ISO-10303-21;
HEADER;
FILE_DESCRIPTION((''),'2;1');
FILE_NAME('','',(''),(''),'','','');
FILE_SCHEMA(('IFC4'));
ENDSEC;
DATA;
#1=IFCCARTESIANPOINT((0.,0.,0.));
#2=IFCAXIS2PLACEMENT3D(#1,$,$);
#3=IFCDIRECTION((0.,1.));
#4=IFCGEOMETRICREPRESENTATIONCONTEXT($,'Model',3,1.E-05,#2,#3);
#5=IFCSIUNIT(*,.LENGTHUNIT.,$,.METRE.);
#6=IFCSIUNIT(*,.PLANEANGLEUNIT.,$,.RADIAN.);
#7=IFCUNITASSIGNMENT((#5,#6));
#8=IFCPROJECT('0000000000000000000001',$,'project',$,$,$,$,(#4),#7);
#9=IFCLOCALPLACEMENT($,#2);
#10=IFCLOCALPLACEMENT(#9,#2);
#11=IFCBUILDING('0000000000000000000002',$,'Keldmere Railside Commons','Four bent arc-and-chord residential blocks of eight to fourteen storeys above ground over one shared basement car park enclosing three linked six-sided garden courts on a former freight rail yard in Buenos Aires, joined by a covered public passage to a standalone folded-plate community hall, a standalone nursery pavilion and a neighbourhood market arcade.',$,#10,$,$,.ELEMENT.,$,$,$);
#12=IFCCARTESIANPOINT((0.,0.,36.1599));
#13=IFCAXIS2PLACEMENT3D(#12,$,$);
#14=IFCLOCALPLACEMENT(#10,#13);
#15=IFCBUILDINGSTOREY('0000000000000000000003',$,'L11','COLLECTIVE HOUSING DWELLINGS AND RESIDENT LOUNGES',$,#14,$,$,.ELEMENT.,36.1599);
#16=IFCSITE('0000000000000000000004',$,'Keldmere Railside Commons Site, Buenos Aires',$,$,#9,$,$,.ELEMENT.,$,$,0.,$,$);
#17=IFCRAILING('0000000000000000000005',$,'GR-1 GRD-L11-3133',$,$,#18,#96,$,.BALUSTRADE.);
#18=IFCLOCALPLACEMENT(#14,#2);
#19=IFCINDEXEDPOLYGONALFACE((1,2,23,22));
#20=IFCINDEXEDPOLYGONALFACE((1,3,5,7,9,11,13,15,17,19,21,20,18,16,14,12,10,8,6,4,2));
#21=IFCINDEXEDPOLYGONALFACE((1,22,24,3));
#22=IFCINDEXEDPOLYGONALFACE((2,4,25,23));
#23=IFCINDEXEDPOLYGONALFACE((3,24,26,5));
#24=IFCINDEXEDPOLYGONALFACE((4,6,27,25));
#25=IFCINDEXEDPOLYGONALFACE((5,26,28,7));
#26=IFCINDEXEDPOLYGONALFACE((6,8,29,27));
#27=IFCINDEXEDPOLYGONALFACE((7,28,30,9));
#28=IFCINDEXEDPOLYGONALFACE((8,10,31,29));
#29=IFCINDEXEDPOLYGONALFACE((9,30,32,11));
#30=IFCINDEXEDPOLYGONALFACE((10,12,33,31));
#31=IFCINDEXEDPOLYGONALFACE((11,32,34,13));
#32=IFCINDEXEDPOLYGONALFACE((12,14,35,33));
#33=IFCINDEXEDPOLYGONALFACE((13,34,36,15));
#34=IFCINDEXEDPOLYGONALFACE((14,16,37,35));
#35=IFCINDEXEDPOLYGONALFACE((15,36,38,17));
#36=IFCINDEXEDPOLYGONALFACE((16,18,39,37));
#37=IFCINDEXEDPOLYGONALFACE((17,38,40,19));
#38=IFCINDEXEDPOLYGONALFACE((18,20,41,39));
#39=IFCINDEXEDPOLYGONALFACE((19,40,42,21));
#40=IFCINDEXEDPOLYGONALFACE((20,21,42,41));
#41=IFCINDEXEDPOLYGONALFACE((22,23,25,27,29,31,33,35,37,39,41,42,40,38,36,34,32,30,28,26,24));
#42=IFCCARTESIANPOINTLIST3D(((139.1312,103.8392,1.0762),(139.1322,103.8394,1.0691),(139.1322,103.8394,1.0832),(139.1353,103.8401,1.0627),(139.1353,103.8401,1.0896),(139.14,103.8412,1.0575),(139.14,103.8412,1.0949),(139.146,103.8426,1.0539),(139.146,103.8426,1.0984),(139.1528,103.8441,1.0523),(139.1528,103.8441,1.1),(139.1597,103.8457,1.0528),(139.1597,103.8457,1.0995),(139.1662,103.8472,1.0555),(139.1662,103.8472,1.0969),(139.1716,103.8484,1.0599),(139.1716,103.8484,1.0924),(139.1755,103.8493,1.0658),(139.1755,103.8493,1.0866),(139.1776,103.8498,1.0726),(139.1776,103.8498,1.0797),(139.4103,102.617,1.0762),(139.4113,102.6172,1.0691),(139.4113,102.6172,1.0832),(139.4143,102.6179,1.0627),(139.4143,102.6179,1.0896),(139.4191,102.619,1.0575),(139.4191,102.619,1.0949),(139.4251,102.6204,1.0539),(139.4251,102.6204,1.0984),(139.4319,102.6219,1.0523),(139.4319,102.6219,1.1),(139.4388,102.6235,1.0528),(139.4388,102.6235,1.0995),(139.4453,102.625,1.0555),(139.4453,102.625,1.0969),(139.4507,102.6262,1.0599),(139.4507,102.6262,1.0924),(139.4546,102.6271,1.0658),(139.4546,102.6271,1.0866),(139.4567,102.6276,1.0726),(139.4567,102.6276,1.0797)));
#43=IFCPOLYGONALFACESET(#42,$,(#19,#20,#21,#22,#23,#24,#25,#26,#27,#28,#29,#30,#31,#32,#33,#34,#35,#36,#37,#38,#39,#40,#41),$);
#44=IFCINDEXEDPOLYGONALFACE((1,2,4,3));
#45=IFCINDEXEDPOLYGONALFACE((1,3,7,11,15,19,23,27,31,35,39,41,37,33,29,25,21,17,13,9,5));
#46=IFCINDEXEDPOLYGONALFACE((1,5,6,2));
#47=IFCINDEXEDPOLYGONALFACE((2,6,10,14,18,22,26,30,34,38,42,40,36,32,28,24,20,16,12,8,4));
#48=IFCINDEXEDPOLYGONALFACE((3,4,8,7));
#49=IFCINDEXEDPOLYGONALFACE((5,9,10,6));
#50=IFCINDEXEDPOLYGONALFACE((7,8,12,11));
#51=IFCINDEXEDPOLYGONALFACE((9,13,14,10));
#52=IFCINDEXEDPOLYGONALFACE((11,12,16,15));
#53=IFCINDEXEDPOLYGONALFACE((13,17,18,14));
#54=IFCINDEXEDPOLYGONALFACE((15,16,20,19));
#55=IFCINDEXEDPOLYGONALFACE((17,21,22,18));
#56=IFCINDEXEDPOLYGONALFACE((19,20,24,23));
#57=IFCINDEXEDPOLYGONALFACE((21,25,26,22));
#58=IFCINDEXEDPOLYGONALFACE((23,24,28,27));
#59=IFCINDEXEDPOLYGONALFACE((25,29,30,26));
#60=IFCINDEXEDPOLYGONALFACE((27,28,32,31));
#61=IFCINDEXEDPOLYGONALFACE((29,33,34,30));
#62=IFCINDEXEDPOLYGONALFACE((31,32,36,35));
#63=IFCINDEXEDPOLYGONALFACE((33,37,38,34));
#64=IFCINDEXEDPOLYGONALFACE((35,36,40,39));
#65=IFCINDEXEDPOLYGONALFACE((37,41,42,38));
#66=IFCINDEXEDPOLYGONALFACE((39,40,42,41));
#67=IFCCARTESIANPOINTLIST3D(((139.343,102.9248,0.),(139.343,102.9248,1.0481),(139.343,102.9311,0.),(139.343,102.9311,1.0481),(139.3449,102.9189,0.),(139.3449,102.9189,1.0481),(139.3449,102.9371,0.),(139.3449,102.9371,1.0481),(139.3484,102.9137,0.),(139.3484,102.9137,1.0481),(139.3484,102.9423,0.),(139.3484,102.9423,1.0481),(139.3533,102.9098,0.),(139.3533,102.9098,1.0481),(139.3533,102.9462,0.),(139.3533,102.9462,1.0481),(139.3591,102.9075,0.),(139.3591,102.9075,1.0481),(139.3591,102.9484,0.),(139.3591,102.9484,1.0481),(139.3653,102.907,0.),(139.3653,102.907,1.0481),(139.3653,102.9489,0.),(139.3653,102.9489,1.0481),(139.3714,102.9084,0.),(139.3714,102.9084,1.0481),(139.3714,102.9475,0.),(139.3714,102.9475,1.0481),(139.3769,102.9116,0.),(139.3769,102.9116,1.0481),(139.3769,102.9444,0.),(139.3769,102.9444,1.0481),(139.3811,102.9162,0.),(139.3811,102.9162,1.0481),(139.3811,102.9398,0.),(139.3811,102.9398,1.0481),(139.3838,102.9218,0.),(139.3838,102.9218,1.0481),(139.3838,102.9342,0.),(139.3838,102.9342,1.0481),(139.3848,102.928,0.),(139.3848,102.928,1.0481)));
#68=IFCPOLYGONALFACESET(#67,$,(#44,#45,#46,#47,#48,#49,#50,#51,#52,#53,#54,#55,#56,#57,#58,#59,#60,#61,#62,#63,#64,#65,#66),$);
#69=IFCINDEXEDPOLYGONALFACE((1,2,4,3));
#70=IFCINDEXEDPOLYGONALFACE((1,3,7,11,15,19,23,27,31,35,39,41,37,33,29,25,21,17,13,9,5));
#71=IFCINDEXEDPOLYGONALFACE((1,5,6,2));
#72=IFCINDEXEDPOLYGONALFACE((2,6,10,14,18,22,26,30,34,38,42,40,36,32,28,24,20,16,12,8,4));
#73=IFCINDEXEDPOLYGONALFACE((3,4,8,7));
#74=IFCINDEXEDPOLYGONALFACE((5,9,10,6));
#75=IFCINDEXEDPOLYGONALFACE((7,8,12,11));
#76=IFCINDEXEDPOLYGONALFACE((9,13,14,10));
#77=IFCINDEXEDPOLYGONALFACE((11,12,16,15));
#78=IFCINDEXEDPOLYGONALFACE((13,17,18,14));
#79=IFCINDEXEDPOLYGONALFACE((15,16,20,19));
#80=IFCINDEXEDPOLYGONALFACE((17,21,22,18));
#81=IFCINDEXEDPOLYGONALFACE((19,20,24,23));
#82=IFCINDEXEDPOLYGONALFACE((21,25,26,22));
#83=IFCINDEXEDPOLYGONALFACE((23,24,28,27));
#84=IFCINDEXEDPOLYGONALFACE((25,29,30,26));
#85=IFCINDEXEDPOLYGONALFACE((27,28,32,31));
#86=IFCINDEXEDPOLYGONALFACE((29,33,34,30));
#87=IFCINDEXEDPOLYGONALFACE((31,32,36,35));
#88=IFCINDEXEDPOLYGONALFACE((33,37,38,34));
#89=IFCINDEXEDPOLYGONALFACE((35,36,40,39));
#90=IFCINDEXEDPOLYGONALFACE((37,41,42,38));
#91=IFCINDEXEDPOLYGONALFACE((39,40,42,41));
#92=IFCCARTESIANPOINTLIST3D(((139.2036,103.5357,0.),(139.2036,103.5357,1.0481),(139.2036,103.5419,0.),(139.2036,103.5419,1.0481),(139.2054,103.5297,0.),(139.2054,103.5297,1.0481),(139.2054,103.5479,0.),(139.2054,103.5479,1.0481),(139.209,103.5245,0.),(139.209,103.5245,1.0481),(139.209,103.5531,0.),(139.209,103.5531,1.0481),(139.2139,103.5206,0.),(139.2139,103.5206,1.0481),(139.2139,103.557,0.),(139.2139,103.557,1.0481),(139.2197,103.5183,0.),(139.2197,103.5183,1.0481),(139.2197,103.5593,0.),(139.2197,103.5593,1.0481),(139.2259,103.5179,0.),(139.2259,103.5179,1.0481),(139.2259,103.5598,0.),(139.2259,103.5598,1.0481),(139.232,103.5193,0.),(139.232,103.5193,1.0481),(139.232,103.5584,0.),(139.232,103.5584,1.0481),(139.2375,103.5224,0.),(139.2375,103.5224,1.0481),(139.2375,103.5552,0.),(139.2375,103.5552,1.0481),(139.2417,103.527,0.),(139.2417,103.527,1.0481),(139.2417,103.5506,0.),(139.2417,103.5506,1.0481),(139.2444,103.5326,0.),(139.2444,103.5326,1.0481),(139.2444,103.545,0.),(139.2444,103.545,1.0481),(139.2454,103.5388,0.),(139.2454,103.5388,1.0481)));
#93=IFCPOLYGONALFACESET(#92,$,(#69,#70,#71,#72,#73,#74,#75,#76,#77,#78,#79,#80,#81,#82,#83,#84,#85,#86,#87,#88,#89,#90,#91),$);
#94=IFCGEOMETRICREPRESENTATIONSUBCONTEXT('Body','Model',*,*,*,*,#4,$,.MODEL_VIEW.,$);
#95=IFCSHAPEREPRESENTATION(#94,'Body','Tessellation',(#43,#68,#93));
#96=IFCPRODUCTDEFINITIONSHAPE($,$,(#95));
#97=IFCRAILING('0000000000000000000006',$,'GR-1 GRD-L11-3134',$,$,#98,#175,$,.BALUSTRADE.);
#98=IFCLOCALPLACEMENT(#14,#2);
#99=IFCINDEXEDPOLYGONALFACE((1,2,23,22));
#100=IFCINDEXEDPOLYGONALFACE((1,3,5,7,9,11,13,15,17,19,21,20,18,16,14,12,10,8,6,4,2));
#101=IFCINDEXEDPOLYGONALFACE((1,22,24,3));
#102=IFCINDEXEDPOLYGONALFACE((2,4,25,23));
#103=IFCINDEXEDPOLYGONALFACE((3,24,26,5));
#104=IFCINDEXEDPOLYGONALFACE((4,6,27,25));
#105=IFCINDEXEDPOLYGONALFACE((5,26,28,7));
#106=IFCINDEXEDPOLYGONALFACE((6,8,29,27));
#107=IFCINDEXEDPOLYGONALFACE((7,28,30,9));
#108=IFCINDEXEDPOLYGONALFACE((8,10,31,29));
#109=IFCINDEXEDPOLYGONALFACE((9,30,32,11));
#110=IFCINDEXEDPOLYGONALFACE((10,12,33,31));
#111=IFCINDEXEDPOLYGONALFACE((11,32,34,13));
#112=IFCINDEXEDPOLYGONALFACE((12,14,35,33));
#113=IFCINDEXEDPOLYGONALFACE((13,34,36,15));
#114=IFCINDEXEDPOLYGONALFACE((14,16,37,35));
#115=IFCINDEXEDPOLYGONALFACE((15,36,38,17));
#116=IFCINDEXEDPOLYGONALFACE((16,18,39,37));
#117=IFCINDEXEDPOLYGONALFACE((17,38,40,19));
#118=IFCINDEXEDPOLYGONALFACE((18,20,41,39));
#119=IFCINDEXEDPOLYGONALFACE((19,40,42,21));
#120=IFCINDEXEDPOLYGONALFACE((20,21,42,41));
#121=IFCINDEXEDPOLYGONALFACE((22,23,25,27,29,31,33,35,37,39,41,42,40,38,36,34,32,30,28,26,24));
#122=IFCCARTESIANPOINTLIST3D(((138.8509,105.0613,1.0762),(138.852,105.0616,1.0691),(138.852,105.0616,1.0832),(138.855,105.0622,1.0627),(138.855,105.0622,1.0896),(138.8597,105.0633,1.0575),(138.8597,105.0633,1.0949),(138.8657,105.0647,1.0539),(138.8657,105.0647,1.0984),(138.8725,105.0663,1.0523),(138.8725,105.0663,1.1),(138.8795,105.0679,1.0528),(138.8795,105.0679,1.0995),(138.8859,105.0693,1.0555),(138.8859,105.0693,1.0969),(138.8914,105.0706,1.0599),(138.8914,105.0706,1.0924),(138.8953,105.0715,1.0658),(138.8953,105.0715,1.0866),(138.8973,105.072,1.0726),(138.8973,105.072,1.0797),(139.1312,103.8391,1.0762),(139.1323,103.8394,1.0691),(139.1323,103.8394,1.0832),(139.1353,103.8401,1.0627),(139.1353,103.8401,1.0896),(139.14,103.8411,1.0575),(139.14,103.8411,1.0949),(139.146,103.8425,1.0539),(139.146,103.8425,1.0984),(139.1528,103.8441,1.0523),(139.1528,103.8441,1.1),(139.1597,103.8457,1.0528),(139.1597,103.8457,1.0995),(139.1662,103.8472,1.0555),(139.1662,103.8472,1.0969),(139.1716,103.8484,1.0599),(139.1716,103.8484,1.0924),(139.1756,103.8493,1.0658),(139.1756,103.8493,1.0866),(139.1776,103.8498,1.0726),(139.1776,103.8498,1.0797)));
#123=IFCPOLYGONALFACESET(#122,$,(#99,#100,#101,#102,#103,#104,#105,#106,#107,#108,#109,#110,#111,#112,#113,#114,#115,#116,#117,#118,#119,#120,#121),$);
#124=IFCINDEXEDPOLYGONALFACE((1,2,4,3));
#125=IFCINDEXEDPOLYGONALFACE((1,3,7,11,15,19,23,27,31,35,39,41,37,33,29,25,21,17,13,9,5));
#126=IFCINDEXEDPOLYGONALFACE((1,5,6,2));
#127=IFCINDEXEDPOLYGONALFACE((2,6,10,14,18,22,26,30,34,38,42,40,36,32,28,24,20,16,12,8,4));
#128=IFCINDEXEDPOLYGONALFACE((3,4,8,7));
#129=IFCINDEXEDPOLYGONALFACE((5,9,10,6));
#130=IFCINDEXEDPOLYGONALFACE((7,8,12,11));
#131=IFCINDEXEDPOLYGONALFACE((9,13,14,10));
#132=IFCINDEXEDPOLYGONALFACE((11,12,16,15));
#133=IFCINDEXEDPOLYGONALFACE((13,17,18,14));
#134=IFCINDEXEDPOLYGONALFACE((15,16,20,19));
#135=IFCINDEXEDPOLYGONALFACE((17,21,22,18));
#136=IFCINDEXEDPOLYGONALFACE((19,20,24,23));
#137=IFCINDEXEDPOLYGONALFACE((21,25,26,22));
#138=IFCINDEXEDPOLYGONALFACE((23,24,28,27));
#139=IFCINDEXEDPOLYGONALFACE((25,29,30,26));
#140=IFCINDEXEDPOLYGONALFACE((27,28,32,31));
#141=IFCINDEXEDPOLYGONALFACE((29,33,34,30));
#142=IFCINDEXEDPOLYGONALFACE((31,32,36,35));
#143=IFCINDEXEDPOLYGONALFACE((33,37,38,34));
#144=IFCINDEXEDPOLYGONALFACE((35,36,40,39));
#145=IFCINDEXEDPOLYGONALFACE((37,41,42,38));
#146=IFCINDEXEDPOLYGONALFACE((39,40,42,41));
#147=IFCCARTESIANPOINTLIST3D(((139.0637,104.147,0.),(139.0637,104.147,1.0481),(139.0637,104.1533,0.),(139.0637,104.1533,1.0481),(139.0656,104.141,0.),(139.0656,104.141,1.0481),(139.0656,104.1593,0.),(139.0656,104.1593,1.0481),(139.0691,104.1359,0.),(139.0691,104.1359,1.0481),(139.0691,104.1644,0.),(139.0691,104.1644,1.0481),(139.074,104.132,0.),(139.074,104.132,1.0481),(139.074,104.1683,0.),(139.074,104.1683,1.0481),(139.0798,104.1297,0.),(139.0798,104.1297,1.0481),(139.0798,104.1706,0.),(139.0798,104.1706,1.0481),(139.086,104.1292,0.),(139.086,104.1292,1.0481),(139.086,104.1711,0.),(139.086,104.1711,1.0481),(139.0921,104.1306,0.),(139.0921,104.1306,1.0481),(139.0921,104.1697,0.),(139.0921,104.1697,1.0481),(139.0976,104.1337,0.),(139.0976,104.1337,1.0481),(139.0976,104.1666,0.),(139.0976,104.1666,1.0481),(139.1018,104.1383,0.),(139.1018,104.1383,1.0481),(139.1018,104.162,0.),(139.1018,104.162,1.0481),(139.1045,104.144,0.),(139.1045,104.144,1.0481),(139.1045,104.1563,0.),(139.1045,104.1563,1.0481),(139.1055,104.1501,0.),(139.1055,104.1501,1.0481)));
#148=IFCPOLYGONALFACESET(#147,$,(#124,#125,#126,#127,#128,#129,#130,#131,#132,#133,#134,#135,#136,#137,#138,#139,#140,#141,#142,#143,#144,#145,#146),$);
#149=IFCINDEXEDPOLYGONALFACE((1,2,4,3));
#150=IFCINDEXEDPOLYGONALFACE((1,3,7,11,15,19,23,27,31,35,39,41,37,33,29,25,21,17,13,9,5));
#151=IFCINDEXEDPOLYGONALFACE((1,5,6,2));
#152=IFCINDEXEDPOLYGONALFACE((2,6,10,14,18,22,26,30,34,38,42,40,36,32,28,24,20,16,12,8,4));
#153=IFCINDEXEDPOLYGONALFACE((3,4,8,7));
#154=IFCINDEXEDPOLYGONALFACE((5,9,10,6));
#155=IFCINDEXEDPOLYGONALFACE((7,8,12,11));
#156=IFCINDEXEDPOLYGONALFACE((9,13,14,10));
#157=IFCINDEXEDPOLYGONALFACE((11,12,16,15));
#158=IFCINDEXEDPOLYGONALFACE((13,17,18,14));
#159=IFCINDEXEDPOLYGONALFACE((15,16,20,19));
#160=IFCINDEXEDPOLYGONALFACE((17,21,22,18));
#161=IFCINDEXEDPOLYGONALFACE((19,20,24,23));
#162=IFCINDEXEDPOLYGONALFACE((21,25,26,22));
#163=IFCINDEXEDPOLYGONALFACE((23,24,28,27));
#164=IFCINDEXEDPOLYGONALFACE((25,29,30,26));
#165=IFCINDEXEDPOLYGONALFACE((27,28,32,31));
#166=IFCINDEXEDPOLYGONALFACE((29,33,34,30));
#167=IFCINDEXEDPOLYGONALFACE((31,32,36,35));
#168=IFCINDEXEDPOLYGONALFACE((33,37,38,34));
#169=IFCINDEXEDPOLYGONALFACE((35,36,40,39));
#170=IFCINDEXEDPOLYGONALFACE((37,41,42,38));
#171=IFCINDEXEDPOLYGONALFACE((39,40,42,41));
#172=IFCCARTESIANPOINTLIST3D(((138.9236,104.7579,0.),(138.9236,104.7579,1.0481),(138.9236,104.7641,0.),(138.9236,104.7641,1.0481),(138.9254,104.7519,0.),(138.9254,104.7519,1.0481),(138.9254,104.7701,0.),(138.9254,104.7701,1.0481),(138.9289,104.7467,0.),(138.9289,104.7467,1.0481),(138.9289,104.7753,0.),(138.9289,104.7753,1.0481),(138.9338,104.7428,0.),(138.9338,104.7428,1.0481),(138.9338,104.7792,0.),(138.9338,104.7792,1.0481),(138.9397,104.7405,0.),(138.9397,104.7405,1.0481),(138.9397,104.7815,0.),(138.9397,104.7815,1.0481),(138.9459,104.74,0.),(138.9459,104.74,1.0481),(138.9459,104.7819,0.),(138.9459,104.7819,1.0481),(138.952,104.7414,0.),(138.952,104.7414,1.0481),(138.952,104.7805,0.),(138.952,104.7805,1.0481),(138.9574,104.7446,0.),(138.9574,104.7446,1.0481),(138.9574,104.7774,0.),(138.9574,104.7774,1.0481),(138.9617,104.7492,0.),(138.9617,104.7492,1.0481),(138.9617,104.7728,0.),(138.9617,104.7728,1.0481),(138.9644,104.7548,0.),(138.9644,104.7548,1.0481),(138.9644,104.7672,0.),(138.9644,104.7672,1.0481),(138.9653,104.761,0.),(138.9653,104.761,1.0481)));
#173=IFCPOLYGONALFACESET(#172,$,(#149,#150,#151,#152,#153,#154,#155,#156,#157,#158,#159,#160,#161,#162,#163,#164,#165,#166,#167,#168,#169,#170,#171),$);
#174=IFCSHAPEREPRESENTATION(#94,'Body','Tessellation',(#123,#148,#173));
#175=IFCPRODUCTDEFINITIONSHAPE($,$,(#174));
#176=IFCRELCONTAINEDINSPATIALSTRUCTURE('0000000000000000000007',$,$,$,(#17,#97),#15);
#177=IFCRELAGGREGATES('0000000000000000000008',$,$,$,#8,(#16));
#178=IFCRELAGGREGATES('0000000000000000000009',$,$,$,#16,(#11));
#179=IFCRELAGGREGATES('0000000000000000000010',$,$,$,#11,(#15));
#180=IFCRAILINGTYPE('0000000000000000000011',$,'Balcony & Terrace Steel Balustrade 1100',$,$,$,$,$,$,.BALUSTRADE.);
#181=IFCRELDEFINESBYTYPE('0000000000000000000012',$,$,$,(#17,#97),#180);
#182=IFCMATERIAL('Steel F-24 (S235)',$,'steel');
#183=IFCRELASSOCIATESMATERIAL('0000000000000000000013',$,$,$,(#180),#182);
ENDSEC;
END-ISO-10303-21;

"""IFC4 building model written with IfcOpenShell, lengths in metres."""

from ifc_helpers import new_model, si_unit, direction, frame, origin, origin_2d, place, context, subcontext, project, spatial, circle, extrude, material, type_object, element, save


model = new_model("IFC4")

# Units and contexts
model_context = context("Model", 3, precision=1e-05, world=origin(), true_north=direction((0.0, 1.0)))
body_context = subcontext(model_context, "Body", "Model", "MODEL_VIEW")
ifc_project = project(units=[si_unit("LENGTHUNIT", "METRE"), si_unit("PLANEANGLEUNIT", "RADIAN")], contexts=[model_context])

# Site, building, storey
site_placement = place(None, origin())
site = spatial("IfcSite", under=ifc_project, at=site_placement, Name="Keldmere Railside Commons Site, Buenos Aires", CompositionType="ELEMENT", RefElevation=0.0)
building_placement = place(site_placement, origin())
building = spatial("IfcBuilding", under=site, at=building_placement, Name="Keldmere Railside Commons", Description="Four bent arc-and-chord residential blocks of eight to fourteen storeys above ground over one shared basement car park enclosing three linked six-sided garden courts on a former freight rail yard in Buenos Aires, joined by a covered public passage to a standalone folded-plate community hall, a standalone nursery pavilion and a neighbourhood market arcade.", CompositionType="ELEMENT")
storey_placement = place(building_placement, frame((0.0, 0.0, 36.1599)))
storey = spatial("IfcBuildingStorey", under=building, at=storey_placement, Name="L11", Description="COLLECTIVE HOUSING DWELLINGS AND RESIDENT LOUNGES", CompositionType="ELEMENT", Elevation=36.1599)

# Shared definitions
ifc_material_1 = material(Name="Steel F-24 (S235)", Category="steel")

# Railings
railing_type_1 = type_object("IfcRailingType", Name="Balcony & Terrace Steel Balustrade 1100", PredefinedType="BALUSTRADE", material=ifc_material_1)
railing_1_placement = place(storey_placement, frame((139.4336, 102.6223, 0.0)))
element("IfcRailing", 1, at=railing_1_placement, inside=storey, type_object=railing_type_1, Name="GR-1 GRD-L11-3133", PredefinedType="BALUSTRADE", context=body_context, shape_type="SweptSolid", body=[
    extrude(circle(Radius=0.0239, at=origin_2d()), frame((0.0, 0.0, 1.0762), z_axis=(-0.222597, 0.97491, 0.0), x_axis=(-0.97491, -0.222597, 0.0)), (0.0, 0.0, 1.0), 1.2537),
    extrude(circle(Radius=0.021, at=origin_2d()), frame((-0.0698, 0.3057, 0.0)), (0.0, 0.0, 1.0), 1.0481),
    extrude(circle(Radius=0.021, at=origin_2d()), frame((-0.2092, 0.9165, 0.0)), (0.0, 0.0, 1.0), 1.0481),
])
railing_2_placement = place(storey_placement, frame((139.1545, 103.8445, 0.0)))
element("IfcRailing", 2, at=railing_2_placement, inside=storey, type_object=railing_type_1, Name="GR-1 GRD-L11-3134", PredefinedType="BALUSTRADE", context=body_context, shape_type="SweptSolid", body=[
    extrude(circle(Radius=0.0239, at=origin_2d()), frame((0.0, 0.0, 1.0762), z_axis=(-0.223523, 0.974699, 0.0), x_axis=(-0.974699, -0.223523, 0.0)), (0.0, 0.0, 1.0), 1.2539),
    extrude(circle(Radius=0.021, at=origin_2d()), frame((-0.0701, 0.3057, 0.0)), (0.0, 0.0, 1.0), 1.0481),
    extrude(circle(Radius=0.021, at=origin_2d()), frame((-0.2102, 0.9165, 0.0)), (0.0, 0.0, 1.0), 1.0481),
])

save(model, "model.ifc")
